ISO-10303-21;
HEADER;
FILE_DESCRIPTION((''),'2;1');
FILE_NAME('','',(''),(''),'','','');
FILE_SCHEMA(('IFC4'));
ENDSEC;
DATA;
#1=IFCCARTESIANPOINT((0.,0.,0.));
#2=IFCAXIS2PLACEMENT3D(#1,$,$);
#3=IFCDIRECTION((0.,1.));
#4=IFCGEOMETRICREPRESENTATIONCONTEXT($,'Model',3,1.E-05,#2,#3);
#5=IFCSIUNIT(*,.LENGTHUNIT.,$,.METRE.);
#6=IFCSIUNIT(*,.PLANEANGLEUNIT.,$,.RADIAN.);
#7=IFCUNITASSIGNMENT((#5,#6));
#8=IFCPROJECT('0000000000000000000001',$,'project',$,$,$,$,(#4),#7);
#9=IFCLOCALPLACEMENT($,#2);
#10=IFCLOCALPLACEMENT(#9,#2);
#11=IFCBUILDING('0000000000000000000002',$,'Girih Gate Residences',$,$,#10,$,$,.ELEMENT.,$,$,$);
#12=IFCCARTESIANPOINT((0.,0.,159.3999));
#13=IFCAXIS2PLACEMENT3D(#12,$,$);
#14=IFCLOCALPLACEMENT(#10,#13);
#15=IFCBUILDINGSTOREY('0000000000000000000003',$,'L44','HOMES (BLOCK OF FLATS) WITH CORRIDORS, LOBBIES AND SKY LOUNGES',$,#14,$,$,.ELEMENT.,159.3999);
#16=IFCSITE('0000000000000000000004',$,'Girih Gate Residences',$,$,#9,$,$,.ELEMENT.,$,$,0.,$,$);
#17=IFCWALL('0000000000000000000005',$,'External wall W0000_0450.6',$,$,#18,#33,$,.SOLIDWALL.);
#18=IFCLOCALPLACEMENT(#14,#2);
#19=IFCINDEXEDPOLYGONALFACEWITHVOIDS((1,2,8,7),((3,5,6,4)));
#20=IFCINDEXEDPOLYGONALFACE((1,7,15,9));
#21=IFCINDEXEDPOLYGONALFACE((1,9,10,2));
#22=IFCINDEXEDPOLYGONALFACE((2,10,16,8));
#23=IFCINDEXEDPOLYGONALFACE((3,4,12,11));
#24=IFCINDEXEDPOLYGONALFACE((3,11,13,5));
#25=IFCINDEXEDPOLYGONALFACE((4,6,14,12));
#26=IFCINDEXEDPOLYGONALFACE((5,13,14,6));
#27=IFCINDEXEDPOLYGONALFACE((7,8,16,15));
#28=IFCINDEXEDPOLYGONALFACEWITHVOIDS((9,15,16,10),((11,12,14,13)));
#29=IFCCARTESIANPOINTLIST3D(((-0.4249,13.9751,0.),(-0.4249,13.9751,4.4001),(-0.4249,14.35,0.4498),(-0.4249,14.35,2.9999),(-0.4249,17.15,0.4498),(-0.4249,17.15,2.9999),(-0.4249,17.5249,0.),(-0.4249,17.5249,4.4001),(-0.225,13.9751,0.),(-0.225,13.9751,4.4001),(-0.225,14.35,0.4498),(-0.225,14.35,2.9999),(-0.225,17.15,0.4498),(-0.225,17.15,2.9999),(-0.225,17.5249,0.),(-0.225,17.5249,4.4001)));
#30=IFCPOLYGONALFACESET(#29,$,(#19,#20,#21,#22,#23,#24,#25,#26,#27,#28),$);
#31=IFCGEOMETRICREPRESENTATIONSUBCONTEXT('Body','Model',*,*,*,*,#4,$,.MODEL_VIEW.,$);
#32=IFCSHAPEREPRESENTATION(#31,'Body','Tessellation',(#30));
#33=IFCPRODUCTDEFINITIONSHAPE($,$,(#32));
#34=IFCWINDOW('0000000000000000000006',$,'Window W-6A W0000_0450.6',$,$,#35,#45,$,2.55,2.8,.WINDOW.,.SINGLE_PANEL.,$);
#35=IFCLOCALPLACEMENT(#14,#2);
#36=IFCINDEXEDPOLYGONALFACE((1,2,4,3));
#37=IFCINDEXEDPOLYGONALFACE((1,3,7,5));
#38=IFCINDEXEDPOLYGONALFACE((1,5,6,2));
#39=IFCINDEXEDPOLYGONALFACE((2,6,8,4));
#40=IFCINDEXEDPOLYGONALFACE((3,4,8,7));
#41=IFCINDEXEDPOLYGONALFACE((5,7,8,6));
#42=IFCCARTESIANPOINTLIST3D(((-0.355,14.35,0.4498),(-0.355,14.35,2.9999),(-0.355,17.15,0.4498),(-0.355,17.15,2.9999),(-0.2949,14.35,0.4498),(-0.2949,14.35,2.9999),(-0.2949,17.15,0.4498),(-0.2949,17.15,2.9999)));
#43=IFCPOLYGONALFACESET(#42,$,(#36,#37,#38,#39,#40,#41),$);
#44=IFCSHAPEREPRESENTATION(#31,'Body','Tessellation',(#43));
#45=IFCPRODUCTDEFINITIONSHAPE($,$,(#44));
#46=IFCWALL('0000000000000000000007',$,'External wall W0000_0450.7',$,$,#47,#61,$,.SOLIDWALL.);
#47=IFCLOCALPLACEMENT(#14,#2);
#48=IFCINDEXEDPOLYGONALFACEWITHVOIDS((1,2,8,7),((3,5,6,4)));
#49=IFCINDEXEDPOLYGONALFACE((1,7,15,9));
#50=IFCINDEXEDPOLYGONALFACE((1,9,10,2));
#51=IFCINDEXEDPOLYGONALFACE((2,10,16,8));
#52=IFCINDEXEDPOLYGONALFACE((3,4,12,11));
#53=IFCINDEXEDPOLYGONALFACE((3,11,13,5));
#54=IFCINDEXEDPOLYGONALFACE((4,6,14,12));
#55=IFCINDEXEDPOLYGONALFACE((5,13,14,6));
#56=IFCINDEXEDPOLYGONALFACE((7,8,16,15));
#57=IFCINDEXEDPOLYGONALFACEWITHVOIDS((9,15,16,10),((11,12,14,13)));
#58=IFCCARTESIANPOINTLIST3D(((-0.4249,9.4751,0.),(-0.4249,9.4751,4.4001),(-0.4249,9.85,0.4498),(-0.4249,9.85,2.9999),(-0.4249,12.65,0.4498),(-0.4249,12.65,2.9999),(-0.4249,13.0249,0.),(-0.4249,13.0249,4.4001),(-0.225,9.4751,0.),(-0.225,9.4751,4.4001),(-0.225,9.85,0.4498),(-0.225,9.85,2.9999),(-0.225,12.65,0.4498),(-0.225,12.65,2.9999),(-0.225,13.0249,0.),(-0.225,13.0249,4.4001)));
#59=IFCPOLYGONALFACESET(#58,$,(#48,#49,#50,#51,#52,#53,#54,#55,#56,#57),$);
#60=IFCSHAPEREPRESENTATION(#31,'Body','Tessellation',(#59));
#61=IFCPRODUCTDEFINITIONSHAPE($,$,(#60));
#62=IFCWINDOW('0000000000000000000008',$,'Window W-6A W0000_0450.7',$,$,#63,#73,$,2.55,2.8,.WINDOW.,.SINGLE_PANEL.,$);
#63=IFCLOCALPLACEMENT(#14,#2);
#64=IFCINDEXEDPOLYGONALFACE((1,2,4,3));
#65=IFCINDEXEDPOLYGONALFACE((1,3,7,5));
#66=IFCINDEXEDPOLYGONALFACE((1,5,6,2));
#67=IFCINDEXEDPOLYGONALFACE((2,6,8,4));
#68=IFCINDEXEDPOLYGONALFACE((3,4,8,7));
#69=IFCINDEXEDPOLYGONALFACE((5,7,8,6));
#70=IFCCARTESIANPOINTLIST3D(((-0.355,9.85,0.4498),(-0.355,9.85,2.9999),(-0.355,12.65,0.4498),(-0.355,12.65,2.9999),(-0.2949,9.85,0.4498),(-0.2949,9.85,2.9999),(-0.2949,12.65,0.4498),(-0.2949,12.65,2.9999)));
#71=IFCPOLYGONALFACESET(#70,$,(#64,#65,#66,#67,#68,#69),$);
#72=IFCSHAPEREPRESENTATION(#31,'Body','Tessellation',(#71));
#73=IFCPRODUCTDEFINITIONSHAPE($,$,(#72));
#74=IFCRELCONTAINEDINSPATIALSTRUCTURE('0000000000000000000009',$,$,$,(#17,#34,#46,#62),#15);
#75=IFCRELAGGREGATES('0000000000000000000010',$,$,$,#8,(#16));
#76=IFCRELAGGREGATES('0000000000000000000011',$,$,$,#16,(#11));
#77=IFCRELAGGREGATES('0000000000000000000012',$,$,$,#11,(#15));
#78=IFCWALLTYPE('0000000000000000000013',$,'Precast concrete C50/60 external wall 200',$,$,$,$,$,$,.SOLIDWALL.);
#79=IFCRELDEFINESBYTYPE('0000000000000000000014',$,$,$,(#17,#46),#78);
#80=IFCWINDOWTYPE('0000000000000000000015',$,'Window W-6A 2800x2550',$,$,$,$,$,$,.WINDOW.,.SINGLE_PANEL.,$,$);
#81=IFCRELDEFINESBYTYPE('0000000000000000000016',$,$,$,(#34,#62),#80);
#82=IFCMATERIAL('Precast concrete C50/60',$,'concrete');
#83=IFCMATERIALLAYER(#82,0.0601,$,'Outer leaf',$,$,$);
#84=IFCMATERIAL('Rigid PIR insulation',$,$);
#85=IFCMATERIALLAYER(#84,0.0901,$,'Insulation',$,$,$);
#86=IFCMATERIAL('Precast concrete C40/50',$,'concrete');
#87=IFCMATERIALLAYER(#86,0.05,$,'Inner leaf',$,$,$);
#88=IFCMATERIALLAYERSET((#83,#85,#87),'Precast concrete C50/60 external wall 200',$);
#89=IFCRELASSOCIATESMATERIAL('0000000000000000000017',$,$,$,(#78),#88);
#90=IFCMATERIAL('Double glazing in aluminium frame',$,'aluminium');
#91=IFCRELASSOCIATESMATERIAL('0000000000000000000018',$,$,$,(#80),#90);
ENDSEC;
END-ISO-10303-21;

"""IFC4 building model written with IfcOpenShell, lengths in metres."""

from ifc_helpers import new_model, si_unit, direction, frame, frame_2d, origin, place, context, subcontext, project, spatial, rectangle, extrude, material, layer, layer_set, type_object, element, fill, save


model = new_model("IFC4")

# Units and contexts
model_context = context("Model", 3, precision=1e-05, world=origin(), true_north=direction((0.0, 1.0)))
body_context = subcontext(model_context, "Body", "Model", "MODEL_VIEW")
ifc_project = project(units=[si_unit("LENGTHUNIT", "METRE"), si_unit("PLANEANGLEUNIT", "RADIAN")], contexts=[model_context])

# Site, building, storey
site_placement = place(None, origin())
site = spatial("IfcSite", under=ifc_project, at=site_placement, Name="Girih Gate Residences", CompositionType="ELEMENT", RefElevation=0.0)
building_placement = place(site_placement, origin())
building = spatial("IfcBuilding", under=site, at=building_placement, Name="Girih Gate Residences", CompositionType="ELEMENT")
storey_placement = place(building_placement, frame((0.0, 0.0, 159.3999)))
storey = spatial("IfcBuildingStorey", under=building, at=storey_placement, Name="L44", Description="HOMES (BLOCK OF FLATS) WITH CORRIDORS, LOBBIES AND SKY LOUNGES", CompositionType="ELEMENT", Elevation=159.3999)

# Walls, openings, windows
ifc_material_1 = material(Name="Precast concrete C50/60", Category="concrete")
ifc_layer_1 = layer(ifc_material_1, 0.0601, Name="Outer leaf")
ifc_material_2 = material(Name="Rigid PIR insulation")
ifc_layer_2 = layer(ifc_material_2, 0.0901, Name="Insulation")
ifc_material_3 = material(Name="Precast concrete C40/50", Category="concrete")
ifc_layer_3 = layer(ifc_material_3, 0.05, Name="Inner leaf")
ifc_layer_set_1 = layer_set([ifc_layer_1, ifc_layer_2, ifc_layer_3], Name="Precast concrete C50/60 external wall 200")
wall_type_1 = type_object("IfcWallType", Name="Precast concrete C50/60 external wall 200", PredefinedType="SOLIDWALL", material=ifc_layer_set_1)
ifc_material_4 = material(Name="Double glazing in aluminium frame", Category="aluminium")
window_type = type_object("IfcWindowType", Name="Window W-6A 2800x2550", PartitioningType="SINGLE_PANEL", PredefinedType="WINDOW", material=ifc_material_4)
wall_1_placement = place(storey_placement, frame((-0.325, 13.9751, 0.0), z_axis=(0.0, 0.0, 1.0), x_axis=(0.0, 1.0, 0.0)))
wall_1 = element("IfcWall", 1, at=wall_1_placement, inside=storey, type_object=wall_type_1, Name="External wall W0000_0450.6", PredefinedType="SOLIDWALL", context=body_context, shape_type="SweptSolid", body=[
    extrude(rectangle(XDim=3.5498, YDim=0.2, at=frame_2d((1.7749, 0.0))), origin(), (0.0, 0.0, 1.0), 4.4001),
])
opening_1_placement = place(wall_1_placement, frame((0.375, 0.0, 0.45)))
opening_1 = element("IfcOpeningElement", 2, at=opening_1_placement, cuts=wall_1, PredefinedType="OPENING", context=body_context, shape_type="SweptSolid", body=[
    extrude(rectangle(XDim=2.8, YDim=2.55, at=frame_2d((1.3999, 1.2749))), frame((0.0, 0.1099, 0.0), z_axis=(0.0, -1.0, 0.0), x_axis=(1.0, 0.0, 0.0)), (0.0, 0.0, 1.0), 0.22),
])
window_1_placement = place(opening_1_placement, origin())
window_1 = element("IfcWindow", 3, at=window_1_placement, inside=storey, type_object=window_type, Name="Window W-6A W0000_0450.6", OverallHeight=2.55, OverallWidth=2.8, PartitioningType="SINGLE_PANEL", PredefinedType="WINDOW", context=body_context, shape_type="SweptSolid", body=[
    extrude(rectangle(XDim=2.8, YDim=2.55, at=frame_2d((1.3999, 1.2749))), frame((0.0, 0.03, 0.0), z_axis=(0.0, -1.0, 0.0), x_axis=(1.0, 0.0, 0.0)), (0.0, 0.0, 1.0), 0.0601),
])
fill(opening_1, window_1)
wall_2_placement = place(storey_placement, frame((-0.325, 9.4751, 0.0), z_axis=(0.0, 0.0, 1.0), x_axis=(0.0, 1.0, 0.0)))
wall_2 = element("IfcWall", 4, at=wall_2_placement, inside=storey, type_object=wall_type_1, Name="External wall W0000_0450.7", PredefinedType="SOLIDWALL", context=body_context, shape_type="SweptSolid", body=[
    extrude(rectangle(XDim=3.5498, YDim=0.2, at=frame_2d((1.7749, 0.0))), origin(), (0.0, 0.0, 1.0), 4.4001),
])
opening_2_placement = place(wall_2_placement, frame((0.375, 0.0, 0.45)))
opening_2 = element("IfcOpeningElement", 5, at=opening_2_placement, cuts=wall_2, PredefinedType="OPENING", context=body_context, shape_type="SweptSolid", body=[
    extrude(rectangle(XDim=2.8, YDim=2.55, at=frame_2d((1.3999, 1.2749))), frame((0.0, 0.1099, 0.0), z_axis=(0.0, -1.0, 0.0), x_axis=(1.0, 0.0, 0.0)), (0.0, 0.0, 1.0), 0.22),
])
window_2_placement = place(opening_2_placement, origin())
window_2 = element("IfcWindow", 6, at=window_2_placement, inside=storey, type_object=window_type, Name="Window W-6A W0000_0450.7", OverallHeight=2.55, OverallWidth=2.8, PartitioningType="SINGLE_PANEL", PredefinedType="WINDOW", context=body_context, shape_type="SweptSolid", body=[
    extrude(rectangle(XDim=2.8, YDim=2.55, at=frame_2d((1.3999, 1.2749))), frame((0.0, 0.03, 0.0), z_axis=(0.0, -1.0, 0.0), x_axis=(1.0, 0.0, 0.0)), (0.0, 0.0, 1.0), 0.0601),
])
fill(opening_2, window_2)

save(model, "model.ifc")
